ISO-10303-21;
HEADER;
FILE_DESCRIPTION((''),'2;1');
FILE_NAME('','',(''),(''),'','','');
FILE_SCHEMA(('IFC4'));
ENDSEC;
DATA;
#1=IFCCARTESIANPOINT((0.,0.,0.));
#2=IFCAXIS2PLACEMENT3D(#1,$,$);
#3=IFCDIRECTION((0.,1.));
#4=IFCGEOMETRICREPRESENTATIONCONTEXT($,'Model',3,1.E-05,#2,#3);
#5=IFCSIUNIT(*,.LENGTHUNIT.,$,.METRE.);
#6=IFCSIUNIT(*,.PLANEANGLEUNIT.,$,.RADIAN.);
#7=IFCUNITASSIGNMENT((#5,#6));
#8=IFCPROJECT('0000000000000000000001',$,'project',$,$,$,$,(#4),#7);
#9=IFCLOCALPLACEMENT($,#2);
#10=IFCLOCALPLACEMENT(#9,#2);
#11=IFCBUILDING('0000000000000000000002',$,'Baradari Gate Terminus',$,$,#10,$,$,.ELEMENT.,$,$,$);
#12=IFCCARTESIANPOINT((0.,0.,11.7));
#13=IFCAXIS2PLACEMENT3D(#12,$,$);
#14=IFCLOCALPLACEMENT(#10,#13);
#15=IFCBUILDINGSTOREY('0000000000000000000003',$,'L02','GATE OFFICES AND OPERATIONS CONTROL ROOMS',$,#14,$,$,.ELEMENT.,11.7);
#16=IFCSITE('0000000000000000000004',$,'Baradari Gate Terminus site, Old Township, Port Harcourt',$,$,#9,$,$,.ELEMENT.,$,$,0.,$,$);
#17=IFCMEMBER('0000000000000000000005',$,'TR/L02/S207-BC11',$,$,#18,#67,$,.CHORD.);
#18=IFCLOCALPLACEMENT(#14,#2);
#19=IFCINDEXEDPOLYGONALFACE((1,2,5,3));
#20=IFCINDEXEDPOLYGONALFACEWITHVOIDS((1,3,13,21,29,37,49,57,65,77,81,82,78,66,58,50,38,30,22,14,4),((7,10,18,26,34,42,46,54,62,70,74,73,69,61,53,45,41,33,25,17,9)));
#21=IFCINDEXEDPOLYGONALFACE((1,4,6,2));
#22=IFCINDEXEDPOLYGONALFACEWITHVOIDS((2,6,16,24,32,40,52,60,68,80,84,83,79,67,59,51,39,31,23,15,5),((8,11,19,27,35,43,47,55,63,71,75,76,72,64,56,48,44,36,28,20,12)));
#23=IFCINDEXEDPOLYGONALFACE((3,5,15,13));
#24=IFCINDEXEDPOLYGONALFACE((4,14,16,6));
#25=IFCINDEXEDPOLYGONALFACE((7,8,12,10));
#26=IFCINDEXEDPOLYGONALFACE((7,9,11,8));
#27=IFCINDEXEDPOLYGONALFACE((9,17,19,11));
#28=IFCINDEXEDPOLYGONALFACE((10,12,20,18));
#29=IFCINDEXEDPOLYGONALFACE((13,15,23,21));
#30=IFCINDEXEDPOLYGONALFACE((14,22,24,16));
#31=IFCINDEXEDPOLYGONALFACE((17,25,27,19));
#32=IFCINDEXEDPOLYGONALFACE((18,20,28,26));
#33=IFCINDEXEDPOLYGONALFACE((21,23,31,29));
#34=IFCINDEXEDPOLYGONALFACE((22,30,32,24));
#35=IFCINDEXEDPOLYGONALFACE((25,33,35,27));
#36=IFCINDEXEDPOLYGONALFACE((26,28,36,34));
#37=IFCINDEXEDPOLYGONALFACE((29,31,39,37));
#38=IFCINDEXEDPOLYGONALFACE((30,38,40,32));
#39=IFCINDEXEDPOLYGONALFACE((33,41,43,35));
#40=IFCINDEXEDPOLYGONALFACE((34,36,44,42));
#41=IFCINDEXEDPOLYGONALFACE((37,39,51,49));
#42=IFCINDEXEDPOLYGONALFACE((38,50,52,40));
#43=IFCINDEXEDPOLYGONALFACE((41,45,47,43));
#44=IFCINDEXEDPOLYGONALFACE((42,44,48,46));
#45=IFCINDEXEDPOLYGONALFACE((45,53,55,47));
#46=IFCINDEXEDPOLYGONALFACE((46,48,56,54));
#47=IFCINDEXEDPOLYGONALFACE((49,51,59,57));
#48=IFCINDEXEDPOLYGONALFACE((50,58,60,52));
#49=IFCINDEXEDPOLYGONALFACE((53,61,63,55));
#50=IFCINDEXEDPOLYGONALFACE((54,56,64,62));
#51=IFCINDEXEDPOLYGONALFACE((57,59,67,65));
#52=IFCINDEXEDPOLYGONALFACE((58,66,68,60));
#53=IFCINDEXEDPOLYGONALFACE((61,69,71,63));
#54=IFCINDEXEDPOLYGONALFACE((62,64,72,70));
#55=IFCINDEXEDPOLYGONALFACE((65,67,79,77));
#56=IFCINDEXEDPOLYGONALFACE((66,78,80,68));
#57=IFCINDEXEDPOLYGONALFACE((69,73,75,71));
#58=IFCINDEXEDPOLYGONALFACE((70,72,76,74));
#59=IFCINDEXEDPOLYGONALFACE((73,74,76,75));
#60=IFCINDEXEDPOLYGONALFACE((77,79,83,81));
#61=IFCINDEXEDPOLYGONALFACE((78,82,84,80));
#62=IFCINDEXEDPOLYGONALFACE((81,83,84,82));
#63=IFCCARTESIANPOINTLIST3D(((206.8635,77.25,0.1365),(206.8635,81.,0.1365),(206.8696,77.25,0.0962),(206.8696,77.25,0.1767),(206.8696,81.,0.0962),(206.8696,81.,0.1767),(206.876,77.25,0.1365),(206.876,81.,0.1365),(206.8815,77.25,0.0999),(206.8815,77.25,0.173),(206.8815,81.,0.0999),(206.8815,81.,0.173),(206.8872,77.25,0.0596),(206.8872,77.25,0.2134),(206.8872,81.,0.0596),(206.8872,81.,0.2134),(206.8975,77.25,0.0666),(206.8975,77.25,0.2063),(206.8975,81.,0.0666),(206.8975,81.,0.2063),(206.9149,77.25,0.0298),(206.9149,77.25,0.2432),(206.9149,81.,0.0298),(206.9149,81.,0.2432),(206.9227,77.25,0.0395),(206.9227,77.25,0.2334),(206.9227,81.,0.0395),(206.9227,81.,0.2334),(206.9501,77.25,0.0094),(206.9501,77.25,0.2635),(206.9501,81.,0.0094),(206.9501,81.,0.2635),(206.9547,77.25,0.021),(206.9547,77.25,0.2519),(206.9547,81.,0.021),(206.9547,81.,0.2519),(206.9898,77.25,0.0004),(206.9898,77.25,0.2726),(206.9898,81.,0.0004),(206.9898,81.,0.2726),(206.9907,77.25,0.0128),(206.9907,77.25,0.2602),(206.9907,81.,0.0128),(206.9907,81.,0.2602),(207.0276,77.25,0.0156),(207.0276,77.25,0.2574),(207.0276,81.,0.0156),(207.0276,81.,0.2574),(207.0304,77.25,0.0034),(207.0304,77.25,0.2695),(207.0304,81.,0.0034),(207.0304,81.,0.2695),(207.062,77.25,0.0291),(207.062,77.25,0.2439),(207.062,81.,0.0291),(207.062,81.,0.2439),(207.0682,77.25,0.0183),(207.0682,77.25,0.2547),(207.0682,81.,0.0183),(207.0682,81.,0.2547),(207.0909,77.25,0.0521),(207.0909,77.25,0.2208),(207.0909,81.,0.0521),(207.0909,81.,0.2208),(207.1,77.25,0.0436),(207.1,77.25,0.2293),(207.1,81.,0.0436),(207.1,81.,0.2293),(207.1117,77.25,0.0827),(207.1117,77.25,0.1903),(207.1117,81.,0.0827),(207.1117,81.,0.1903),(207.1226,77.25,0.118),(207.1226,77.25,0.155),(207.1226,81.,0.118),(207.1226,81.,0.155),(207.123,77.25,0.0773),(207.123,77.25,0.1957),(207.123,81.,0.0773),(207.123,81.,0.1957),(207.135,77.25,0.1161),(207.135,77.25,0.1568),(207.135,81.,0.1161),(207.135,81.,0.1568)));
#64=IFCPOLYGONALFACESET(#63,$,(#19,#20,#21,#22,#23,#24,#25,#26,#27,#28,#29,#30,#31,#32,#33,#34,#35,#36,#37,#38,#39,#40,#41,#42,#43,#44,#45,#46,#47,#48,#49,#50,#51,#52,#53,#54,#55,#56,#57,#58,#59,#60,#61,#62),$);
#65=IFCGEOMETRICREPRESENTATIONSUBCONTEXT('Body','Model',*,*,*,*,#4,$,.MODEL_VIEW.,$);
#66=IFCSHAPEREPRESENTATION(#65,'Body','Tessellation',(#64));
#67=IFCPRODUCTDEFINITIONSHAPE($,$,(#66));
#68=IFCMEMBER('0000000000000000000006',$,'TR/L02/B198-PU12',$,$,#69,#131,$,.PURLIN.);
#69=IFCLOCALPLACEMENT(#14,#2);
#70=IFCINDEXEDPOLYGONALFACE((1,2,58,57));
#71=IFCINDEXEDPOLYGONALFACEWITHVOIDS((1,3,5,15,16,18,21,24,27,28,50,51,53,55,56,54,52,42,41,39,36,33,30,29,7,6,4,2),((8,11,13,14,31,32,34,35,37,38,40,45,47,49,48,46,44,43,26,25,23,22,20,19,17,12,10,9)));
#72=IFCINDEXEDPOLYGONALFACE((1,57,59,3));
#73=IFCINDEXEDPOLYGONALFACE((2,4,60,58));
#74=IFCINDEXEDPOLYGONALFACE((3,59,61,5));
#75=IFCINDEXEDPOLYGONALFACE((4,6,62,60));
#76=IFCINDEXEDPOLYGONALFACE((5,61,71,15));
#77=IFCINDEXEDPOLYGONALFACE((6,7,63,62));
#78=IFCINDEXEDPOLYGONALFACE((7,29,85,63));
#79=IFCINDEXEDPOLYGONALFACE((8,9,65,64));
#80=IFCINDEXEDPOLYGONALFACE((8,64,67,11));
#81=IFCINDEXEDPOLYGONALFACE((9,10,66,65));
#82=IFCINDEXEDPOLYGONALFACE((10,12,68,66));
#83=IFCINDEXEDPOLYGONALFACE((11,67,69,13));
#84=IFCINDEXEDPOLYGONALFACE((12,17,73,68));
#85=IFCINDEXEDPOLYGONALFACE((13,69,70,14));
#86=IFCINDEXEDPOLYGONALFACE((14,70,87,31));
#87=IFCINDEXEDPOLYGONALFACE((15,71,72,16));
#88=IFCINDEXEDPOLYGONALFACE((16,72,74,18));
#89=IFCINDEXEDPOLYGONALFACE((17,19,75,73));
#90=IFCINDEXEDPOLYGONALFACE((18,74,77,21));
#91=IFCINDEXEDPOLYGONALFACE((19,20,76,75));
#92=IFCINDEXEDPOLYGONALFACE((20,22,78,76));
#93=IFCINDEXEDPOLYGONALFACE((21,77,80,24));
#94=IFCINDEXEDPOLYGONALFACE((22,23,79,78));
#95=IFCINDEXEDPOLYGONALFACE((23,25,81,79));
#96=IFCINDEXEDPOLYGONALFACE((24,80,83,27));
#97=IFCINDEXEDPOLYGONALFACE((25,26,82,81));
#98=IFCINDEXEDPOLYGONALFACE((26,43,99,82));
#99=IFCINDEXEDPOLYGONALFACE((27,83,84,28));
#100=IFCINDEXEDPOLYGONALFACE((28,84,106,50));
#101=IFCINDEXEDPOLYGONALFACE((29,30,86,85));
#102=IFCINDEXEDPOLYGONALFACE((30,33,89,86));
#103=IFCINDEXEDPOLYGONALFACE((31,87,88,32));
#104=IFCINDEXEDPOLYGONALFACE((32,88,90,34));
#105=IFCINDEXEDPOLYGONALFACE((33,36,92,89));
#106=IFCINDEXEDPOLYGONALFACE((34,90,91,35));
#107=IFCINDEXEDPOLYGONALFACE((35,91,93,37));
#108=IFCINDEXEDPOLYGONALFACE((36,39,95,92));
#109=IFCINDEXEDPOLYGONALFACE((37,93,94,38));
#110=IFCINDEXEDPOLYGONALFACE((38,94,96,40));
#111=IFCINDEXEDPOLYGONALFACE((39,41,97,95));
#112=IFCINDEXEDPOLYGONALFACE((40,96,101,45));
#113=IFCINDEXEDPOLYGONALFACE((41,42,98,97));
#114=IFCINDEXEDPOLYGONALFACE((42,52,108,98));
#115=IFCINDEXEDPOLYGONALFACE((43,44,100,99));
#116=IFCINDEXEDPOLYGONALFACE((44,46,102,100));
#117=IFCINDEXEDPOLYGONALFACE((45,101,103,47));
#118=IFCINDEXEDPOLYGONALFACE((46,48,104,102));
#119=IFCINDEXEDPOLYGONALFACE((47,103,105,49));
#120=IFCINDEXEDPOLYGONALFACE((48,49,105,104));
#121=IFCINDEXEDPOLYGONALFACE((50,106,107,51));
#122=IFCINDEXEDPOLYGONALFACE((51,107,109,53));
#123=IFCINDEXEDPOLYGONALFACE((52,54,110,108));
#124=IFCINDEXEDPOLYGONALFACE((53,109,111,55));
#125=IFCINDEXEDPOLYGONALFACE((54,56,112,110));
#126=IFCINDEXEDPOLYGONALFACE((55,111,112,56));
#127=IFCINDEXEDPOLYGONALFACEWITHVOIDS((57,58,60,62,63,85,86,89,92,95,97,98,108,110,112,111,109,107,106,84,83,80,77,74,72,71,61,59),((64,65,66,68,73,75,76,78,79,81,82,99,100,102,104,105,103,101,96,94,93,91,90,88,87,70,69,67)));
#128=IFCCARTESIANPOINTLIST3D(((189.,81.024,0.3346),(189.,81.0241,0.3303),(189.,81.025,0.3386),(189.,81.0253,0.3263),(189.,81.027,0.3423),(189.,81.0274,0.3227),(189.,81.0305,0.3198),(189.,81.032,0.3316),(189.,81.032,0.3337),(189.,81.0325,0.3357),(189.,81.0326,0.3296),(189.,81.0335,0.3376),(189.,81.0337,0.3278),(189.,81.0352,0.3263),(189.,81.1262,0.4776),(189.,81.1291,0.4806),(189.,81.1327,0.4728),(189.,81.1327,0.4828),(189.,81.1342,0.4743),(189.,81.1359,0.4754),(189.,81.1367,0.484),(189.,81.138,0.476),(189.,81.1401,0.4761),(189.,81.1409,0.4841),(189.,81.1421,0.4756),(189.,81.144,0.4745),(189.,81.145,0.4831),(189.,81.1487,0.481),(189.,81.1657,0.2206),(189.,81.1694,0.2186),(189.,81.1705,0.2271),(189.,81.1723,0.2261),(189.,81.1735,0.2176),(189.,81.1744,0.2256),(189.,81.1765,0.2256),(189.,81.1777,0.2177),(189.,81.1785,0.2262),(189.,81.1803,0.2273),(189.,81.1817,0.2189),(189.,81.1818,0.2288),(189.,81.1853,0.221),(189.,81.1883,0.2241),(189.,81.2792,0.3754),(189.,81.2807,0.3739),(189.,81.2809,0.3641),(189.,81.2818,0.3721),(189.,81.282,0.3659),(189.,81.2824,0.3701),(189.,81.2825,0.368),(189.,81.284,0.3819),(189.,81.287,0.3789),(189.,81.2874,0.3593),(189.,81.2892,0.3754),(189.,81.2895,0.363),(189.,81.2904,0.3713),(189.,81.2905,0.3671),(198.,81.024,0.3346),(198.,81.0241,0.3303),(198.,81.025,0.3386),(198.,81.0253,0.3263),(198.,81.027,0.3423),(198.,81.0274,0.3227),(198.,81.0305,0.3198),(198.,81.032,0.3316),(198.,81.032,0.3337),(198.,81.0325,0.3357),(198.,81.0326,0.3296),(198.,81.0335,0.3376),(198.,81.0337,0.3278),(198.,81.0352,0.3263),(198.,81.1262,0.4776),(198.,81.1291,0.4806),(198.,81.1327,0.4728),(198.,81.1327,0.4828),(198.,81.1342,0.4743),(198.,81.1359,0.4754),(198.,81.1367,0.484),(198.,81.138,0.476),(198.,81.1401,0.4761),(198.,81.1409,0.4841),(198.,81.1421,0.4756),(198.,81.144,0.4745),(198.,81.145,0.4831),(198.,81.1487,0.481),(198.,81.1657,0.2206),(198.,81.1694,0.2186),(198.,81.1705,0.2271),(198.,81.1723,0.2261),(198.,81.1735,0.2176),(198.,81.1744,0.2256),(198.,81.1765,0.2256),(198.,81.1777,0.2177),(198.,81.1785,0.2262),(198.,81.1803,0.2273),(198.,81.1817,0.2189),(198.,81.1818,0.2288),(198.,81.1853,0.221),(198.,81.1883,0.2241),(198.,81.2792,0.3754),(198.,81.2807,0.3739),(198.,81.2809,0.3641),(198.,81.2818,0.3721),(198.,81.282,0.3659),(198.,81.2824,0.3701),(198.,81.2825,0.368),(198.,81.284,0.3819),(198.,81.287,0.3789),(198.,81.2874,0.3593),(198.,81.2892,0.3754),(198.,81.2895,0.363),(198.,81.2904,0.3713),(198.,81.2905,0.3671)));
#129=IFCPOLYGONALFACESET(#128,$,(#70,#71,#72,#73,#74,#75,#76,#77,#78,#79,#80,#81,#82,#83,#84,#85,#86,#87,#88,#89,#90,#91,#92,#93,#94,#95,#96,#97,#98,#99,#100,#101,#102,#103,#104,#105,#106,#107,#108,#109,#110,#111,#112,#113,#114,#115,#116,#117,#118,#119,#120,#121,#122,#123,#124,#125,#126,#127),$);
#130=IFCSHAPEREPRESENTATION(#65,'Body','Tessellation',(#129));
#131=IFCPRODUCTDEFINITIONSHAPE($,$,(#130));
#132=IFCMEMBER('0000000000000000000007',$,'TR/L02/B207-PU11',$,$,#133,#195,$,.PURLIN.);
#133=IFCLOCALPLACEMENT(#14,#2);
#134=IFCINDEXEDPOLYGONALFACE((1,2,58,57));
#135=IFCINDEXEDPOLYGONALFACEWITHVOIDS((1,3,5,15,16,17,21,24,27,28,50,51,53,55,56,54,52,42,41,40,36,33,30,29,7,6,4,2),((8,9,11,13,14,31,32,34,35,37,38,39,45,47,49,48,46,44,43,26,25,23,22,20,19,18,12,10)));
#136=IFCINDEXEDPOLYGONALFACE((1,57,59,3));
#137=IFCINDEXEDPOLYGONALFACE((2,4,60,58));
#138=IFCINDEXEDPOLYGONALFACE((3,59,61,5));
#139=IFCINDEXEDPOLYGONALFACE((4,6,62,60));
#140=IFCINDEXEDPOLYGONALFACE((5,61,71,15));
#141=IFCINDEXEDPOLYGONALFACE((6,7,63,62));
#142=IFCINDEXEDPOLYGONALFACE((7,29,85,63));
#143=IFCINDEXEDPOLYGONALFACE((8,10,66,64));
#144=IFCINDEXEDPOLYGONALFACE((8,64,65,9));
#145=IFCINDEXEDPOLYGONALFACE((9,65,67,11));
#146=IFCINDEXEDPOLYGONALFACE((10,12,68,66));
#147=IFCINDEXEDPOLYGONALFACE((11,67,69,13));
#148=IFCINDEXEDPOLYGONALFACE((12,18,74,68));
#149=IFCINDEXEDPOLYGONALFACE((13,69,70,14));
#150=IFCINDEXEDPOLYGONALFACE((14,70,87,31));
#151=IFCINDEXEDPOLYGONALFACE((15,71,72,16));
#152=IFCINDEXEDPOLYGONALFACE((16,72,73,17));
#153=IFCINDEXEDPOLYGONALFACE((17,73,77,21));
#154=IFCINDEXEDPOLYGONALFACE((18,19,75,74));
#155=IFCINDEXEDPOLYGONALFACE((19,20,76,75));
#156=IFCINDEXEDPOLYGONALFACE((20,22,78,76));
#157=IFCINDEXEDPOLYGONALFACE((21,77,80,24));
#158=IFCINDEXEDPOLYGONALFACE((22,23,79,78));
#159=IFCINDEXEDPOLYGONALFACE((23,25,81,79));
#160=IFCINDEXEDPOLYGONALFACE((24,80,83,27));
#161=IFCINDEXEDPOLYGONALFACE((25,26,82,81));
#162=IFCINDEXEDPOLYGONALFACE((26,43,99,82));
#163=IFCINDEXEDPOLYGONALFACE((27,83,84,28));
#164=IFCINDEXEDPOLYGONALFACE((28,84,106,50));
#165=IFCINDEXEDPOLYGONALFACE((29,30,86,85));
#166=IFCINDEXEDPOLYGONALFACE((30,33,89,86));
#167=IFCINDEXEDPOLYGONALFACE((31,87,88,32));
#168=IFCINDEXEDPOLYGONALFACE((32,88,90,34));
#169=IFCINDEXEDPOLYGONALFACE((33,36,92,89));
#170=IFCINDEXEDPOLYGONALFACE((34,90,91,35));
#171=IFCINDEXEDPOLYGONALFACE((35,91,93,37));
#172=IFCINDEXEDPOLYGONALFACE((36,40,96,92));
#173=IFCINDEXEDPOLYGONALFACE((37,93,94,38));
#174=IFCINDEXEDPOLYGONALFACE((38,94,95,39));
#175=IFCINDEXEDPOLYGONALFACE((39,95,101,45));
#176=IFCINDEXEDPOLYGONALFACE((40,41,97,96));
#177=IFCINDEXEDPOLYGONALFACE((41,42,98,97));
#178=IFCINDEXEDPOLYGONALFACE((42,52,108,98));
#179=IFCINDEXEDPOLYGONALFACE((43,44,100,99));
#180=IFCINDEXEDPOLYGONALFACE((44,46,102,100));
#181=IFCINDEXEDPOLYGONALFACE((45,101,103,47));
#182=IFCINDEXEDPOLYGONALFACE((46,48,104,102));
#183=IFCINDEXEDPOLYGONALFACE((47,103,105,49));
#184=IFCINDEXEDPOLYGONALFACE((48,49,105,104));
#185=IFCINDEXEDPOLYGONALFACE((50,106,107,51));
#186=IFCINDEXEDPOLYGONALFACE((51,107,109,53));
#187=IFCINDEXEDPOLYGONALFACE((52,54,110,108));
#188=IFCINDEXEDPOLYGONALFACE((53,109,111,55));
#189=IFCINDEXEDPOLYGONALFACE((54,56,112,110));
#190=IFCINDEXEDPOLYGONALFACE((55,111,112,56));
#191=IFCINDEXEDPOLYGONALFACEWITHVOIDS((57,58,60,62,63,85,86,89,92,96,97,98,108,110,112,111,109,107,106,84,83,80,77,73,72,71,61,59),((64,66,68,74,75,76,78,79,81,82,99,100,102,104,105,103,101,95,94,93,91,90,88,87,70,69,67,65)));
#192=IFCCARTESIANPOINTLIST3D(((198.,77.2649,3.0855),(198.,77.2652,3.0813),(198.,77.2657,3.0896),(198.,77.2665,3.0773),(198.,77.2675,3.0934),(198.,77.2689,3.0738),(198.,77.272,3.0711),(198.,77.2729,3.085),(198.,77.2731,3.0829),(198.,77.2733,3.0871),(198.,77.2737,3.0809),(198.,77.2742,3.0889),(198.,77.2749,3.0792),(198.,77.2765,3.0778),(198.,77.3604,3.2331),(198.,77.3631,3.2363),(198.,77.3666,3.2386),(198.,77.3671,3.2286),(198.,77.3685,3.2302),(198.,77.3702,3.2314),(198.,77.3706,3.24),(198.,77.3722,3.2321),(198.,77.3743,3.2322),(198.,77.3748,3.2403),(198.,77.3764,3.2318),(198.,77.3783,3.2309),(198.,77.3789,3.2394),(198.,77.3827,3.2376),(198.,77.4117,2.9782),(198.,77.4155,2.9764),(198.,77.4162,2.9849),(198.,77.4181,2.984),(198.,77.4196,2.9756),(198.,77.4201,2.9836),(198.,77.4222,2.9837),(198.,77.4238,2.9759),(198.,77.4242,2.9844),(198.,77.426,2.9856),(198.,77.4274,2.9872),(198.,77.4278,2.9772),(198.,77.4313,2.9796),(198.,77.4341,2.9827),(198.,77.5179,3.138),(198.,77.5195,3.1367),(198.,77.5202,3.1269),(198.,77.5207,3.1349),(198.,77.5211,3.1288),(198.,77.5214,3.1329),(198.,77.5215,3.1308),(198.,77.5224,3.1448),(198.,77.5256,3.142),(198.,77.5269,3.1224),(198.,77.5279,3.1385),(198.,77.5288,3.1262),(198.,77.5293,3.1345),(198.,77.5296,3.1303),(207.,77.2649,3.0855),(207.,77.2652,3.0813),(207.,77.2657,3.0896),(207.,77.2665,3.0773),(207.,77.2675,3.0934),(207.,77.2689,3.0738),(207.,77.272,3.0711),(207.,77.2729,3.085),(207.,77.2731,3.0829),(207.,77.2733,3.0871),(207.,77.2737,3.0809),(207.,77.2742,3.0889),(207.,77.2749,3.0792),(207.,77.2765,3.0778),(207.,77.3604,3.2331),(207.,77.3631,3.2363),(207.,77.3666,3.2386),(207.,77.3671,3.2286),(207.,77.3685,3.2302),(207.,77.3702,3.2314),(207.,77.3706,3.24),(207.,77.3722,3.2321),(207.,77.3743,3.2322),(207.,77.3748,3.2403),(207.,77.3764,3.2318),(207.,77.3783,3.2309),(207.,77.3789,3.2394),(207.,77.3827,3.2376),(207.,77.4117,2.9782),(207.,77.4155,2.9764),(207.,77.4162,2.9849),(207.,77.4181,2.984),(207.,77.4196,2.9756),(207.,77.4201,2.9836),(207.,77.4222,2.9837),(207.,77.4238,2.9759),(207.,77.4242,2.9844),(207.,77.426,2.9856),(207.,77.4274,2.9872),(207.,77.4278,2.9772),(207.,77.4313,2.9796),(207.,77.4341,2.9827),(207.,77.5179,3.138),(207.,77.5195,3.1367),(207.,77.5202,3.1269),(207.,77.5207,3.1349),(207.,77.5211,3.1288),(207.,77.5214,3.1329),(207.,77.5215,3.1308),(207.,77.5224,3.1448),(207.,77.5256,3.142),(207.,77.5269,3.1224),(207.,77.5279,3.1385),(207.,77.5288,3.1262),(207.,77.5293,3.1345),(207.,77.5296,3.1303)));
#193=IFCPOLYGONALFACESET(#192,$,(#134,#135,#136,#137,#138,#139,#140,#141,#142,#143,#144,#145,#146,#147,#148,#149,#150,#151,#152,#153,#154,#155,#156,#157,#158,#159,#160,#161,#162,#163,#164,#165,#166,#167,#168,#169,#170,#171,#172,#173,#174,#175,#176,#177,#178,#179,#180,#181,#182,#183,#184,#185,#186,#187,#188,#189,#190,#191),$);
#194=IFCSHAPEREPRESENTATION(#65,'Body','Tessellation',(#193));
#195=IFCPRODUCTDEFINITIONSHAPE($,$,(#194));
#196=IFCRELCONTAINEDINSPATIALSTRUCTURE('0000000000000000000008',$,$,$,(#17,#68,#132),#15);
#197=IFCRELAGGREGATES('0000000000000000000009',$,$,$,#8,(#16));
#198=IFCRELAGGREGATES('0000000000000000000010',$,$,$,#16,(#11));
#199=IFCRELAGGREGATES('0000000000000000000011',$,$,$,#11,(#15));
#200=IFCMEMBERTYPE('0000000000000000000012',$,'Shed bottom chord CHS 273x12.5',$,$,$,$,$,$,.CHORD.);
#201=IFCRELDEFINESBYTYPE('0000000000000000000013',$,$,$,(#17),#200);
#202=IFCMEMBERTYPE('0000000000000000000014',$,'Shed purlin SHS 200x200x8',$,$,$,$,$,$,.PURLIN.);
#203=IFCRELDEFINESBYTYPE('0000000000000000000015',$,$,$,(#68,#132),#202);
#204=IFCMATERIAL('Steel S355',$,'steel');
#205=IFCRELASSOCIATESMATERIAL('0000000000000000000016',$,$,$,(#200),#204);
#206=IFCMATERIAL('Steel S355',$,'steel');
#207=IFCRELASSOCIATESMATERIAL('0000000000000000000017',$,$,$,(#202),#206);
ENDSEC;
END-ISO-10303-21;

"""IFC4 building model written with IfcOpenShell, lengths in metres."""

from ifc_helpers import new_model, si_unit, direction, frame, origin, origin_2d, place, context, subcontext, project, spatial, hollow_rectangle, hollow_circle, extrude, material, material_profile, profile_set, type_object, element, save


model = new_model("IFC4")

# Units and contexts
model_context = context("Model", 3, precision=1e-05, world=origin(), true_north=direction((0.0, 1.0)))
body_context = subcontext(model_context, "Body", "Model", "MODEL_VIEW")
ifc_project = project(units=[si_unit("LENGTHUNIT", "METRE"), si_unit("PLANEANGLEUNIT", "RADIAN")], contexts=[model_context])

# Site, building, storey
site_placement = place(None, origin())
site = spatial("IfcSite", under=ifc_project, at=site_placement, Name="Baradari Gate Terminus site, Old Township, Port Harcourt", CompositionType="ELEMENT", RefElevation=0.0)
building_placement = place(site_placement, origin())
building = spatial("IfcBuilding", under=site, at=building_placement, Name="Baradari Gate Terminus", CompositionType="ELEMENT")
storey_placement = place(building_placement, frame((0.0, 0.0, 11.7)))
storey = spatial("IfcBuildingStorey", under=building, at=storey_placement, Name="L02", Description="GATE OFFICES AND OPERATIONS CONTROL ROOMS", CompositionType="ELEMENT", Elevation=11.7)

# Members
ifc_material_1 = material(Name="Steel S355", Category="steel")
ifc_material_profile_1 = material_profile(ifc_material_1, hollow_circle(Radius=0.1365, WallThickness=0.0125, at=origin_2d()), Name="CHS 273x12.5")
ifc_profile_set_1 = profile_set([ifc_material_profile_1], Name="Steel S355")
member_type_1 = type_object("IfcMemberType", Name="Shed bottom chord CHS 273x12.5", PredefinedType="CHORD", material=ifc_profile_set_1)
for number, where, z_axis, x_axis, name in (
    (1, (207.0, 77.25, 0.1365), (0.0, 1.0, 0.0), (-1.0, 0.0, 0.0), "TR/L02/S207-BC11"),
):
    element("IfcMember", number, at=place(storey_placement, frame(where, z_axis=z_axis, x_axis=x_axis)), inside=storey, type_object=member_type_1, Name=name, PredefinedType="CHORD", context=body_context, shape_type="SweptSolid", body=[
        extrude(hollow_circle(Radius=0.1365, WallThickness=0.0125, at=origin_2d()), origin(), (0.0, 0.0, 1.0), 3.75),
    ])
ifc_material_2 = material(Name="Steel S355", Category="steel")
ifc_material_profile_2 = material_profile(ifc_material_2, hollow_rectangle(XDim=0.2, YDim=0.2, WallThickness=0.0081, InnerFilletRadius=0.0081, OuterFilletRadius=0.0161, at=origin_2d()), Name="SHS 200x200x8")
ifc_profile_set_2 = profile_set([ifc_material_profile_2], Name="Steel S355")
member_type_2 = type_object("IfcMemberType", Name="Shed purlin SHS 200x200x8", PredefinedType="PURLIN", material=ifc_profile_set_2)
for number, where, z_axis, x_axis, name in (
    (2, (189.0, 81.1572, 0.3508), (1.0, 0.0, 0.0), (0.0, 0.806405, -0.591364), "TR/L02/B198-PU12"),
    (3, (198.0, 77.3972, 3.1079), (1.0, 0.0, 0.0), (0.0, 0.832836, -0.553519), "TR/L02/B207-PU11"),
):
    element("IfcMember", number, at=place(storey_placement, frame(where, z_axis=z_axis, x_axis=x_axis)), inside=storey, type_object=member_type_2, Name=name, PredefinedType="PURLIN", context=body_context, shape_type="SweptSolid", body=[
        extrude(hollow_rectangle(XDim=0.2, YDim=0.2, WallThickness=0.0081, InnerFilletRadius=0.0081, OuterFilletRadius=0.0161, at=origin_2d()), origin(), (0.0, 0.0, 1.0), 9.0),
    ])

save(model, "model.ifc")
